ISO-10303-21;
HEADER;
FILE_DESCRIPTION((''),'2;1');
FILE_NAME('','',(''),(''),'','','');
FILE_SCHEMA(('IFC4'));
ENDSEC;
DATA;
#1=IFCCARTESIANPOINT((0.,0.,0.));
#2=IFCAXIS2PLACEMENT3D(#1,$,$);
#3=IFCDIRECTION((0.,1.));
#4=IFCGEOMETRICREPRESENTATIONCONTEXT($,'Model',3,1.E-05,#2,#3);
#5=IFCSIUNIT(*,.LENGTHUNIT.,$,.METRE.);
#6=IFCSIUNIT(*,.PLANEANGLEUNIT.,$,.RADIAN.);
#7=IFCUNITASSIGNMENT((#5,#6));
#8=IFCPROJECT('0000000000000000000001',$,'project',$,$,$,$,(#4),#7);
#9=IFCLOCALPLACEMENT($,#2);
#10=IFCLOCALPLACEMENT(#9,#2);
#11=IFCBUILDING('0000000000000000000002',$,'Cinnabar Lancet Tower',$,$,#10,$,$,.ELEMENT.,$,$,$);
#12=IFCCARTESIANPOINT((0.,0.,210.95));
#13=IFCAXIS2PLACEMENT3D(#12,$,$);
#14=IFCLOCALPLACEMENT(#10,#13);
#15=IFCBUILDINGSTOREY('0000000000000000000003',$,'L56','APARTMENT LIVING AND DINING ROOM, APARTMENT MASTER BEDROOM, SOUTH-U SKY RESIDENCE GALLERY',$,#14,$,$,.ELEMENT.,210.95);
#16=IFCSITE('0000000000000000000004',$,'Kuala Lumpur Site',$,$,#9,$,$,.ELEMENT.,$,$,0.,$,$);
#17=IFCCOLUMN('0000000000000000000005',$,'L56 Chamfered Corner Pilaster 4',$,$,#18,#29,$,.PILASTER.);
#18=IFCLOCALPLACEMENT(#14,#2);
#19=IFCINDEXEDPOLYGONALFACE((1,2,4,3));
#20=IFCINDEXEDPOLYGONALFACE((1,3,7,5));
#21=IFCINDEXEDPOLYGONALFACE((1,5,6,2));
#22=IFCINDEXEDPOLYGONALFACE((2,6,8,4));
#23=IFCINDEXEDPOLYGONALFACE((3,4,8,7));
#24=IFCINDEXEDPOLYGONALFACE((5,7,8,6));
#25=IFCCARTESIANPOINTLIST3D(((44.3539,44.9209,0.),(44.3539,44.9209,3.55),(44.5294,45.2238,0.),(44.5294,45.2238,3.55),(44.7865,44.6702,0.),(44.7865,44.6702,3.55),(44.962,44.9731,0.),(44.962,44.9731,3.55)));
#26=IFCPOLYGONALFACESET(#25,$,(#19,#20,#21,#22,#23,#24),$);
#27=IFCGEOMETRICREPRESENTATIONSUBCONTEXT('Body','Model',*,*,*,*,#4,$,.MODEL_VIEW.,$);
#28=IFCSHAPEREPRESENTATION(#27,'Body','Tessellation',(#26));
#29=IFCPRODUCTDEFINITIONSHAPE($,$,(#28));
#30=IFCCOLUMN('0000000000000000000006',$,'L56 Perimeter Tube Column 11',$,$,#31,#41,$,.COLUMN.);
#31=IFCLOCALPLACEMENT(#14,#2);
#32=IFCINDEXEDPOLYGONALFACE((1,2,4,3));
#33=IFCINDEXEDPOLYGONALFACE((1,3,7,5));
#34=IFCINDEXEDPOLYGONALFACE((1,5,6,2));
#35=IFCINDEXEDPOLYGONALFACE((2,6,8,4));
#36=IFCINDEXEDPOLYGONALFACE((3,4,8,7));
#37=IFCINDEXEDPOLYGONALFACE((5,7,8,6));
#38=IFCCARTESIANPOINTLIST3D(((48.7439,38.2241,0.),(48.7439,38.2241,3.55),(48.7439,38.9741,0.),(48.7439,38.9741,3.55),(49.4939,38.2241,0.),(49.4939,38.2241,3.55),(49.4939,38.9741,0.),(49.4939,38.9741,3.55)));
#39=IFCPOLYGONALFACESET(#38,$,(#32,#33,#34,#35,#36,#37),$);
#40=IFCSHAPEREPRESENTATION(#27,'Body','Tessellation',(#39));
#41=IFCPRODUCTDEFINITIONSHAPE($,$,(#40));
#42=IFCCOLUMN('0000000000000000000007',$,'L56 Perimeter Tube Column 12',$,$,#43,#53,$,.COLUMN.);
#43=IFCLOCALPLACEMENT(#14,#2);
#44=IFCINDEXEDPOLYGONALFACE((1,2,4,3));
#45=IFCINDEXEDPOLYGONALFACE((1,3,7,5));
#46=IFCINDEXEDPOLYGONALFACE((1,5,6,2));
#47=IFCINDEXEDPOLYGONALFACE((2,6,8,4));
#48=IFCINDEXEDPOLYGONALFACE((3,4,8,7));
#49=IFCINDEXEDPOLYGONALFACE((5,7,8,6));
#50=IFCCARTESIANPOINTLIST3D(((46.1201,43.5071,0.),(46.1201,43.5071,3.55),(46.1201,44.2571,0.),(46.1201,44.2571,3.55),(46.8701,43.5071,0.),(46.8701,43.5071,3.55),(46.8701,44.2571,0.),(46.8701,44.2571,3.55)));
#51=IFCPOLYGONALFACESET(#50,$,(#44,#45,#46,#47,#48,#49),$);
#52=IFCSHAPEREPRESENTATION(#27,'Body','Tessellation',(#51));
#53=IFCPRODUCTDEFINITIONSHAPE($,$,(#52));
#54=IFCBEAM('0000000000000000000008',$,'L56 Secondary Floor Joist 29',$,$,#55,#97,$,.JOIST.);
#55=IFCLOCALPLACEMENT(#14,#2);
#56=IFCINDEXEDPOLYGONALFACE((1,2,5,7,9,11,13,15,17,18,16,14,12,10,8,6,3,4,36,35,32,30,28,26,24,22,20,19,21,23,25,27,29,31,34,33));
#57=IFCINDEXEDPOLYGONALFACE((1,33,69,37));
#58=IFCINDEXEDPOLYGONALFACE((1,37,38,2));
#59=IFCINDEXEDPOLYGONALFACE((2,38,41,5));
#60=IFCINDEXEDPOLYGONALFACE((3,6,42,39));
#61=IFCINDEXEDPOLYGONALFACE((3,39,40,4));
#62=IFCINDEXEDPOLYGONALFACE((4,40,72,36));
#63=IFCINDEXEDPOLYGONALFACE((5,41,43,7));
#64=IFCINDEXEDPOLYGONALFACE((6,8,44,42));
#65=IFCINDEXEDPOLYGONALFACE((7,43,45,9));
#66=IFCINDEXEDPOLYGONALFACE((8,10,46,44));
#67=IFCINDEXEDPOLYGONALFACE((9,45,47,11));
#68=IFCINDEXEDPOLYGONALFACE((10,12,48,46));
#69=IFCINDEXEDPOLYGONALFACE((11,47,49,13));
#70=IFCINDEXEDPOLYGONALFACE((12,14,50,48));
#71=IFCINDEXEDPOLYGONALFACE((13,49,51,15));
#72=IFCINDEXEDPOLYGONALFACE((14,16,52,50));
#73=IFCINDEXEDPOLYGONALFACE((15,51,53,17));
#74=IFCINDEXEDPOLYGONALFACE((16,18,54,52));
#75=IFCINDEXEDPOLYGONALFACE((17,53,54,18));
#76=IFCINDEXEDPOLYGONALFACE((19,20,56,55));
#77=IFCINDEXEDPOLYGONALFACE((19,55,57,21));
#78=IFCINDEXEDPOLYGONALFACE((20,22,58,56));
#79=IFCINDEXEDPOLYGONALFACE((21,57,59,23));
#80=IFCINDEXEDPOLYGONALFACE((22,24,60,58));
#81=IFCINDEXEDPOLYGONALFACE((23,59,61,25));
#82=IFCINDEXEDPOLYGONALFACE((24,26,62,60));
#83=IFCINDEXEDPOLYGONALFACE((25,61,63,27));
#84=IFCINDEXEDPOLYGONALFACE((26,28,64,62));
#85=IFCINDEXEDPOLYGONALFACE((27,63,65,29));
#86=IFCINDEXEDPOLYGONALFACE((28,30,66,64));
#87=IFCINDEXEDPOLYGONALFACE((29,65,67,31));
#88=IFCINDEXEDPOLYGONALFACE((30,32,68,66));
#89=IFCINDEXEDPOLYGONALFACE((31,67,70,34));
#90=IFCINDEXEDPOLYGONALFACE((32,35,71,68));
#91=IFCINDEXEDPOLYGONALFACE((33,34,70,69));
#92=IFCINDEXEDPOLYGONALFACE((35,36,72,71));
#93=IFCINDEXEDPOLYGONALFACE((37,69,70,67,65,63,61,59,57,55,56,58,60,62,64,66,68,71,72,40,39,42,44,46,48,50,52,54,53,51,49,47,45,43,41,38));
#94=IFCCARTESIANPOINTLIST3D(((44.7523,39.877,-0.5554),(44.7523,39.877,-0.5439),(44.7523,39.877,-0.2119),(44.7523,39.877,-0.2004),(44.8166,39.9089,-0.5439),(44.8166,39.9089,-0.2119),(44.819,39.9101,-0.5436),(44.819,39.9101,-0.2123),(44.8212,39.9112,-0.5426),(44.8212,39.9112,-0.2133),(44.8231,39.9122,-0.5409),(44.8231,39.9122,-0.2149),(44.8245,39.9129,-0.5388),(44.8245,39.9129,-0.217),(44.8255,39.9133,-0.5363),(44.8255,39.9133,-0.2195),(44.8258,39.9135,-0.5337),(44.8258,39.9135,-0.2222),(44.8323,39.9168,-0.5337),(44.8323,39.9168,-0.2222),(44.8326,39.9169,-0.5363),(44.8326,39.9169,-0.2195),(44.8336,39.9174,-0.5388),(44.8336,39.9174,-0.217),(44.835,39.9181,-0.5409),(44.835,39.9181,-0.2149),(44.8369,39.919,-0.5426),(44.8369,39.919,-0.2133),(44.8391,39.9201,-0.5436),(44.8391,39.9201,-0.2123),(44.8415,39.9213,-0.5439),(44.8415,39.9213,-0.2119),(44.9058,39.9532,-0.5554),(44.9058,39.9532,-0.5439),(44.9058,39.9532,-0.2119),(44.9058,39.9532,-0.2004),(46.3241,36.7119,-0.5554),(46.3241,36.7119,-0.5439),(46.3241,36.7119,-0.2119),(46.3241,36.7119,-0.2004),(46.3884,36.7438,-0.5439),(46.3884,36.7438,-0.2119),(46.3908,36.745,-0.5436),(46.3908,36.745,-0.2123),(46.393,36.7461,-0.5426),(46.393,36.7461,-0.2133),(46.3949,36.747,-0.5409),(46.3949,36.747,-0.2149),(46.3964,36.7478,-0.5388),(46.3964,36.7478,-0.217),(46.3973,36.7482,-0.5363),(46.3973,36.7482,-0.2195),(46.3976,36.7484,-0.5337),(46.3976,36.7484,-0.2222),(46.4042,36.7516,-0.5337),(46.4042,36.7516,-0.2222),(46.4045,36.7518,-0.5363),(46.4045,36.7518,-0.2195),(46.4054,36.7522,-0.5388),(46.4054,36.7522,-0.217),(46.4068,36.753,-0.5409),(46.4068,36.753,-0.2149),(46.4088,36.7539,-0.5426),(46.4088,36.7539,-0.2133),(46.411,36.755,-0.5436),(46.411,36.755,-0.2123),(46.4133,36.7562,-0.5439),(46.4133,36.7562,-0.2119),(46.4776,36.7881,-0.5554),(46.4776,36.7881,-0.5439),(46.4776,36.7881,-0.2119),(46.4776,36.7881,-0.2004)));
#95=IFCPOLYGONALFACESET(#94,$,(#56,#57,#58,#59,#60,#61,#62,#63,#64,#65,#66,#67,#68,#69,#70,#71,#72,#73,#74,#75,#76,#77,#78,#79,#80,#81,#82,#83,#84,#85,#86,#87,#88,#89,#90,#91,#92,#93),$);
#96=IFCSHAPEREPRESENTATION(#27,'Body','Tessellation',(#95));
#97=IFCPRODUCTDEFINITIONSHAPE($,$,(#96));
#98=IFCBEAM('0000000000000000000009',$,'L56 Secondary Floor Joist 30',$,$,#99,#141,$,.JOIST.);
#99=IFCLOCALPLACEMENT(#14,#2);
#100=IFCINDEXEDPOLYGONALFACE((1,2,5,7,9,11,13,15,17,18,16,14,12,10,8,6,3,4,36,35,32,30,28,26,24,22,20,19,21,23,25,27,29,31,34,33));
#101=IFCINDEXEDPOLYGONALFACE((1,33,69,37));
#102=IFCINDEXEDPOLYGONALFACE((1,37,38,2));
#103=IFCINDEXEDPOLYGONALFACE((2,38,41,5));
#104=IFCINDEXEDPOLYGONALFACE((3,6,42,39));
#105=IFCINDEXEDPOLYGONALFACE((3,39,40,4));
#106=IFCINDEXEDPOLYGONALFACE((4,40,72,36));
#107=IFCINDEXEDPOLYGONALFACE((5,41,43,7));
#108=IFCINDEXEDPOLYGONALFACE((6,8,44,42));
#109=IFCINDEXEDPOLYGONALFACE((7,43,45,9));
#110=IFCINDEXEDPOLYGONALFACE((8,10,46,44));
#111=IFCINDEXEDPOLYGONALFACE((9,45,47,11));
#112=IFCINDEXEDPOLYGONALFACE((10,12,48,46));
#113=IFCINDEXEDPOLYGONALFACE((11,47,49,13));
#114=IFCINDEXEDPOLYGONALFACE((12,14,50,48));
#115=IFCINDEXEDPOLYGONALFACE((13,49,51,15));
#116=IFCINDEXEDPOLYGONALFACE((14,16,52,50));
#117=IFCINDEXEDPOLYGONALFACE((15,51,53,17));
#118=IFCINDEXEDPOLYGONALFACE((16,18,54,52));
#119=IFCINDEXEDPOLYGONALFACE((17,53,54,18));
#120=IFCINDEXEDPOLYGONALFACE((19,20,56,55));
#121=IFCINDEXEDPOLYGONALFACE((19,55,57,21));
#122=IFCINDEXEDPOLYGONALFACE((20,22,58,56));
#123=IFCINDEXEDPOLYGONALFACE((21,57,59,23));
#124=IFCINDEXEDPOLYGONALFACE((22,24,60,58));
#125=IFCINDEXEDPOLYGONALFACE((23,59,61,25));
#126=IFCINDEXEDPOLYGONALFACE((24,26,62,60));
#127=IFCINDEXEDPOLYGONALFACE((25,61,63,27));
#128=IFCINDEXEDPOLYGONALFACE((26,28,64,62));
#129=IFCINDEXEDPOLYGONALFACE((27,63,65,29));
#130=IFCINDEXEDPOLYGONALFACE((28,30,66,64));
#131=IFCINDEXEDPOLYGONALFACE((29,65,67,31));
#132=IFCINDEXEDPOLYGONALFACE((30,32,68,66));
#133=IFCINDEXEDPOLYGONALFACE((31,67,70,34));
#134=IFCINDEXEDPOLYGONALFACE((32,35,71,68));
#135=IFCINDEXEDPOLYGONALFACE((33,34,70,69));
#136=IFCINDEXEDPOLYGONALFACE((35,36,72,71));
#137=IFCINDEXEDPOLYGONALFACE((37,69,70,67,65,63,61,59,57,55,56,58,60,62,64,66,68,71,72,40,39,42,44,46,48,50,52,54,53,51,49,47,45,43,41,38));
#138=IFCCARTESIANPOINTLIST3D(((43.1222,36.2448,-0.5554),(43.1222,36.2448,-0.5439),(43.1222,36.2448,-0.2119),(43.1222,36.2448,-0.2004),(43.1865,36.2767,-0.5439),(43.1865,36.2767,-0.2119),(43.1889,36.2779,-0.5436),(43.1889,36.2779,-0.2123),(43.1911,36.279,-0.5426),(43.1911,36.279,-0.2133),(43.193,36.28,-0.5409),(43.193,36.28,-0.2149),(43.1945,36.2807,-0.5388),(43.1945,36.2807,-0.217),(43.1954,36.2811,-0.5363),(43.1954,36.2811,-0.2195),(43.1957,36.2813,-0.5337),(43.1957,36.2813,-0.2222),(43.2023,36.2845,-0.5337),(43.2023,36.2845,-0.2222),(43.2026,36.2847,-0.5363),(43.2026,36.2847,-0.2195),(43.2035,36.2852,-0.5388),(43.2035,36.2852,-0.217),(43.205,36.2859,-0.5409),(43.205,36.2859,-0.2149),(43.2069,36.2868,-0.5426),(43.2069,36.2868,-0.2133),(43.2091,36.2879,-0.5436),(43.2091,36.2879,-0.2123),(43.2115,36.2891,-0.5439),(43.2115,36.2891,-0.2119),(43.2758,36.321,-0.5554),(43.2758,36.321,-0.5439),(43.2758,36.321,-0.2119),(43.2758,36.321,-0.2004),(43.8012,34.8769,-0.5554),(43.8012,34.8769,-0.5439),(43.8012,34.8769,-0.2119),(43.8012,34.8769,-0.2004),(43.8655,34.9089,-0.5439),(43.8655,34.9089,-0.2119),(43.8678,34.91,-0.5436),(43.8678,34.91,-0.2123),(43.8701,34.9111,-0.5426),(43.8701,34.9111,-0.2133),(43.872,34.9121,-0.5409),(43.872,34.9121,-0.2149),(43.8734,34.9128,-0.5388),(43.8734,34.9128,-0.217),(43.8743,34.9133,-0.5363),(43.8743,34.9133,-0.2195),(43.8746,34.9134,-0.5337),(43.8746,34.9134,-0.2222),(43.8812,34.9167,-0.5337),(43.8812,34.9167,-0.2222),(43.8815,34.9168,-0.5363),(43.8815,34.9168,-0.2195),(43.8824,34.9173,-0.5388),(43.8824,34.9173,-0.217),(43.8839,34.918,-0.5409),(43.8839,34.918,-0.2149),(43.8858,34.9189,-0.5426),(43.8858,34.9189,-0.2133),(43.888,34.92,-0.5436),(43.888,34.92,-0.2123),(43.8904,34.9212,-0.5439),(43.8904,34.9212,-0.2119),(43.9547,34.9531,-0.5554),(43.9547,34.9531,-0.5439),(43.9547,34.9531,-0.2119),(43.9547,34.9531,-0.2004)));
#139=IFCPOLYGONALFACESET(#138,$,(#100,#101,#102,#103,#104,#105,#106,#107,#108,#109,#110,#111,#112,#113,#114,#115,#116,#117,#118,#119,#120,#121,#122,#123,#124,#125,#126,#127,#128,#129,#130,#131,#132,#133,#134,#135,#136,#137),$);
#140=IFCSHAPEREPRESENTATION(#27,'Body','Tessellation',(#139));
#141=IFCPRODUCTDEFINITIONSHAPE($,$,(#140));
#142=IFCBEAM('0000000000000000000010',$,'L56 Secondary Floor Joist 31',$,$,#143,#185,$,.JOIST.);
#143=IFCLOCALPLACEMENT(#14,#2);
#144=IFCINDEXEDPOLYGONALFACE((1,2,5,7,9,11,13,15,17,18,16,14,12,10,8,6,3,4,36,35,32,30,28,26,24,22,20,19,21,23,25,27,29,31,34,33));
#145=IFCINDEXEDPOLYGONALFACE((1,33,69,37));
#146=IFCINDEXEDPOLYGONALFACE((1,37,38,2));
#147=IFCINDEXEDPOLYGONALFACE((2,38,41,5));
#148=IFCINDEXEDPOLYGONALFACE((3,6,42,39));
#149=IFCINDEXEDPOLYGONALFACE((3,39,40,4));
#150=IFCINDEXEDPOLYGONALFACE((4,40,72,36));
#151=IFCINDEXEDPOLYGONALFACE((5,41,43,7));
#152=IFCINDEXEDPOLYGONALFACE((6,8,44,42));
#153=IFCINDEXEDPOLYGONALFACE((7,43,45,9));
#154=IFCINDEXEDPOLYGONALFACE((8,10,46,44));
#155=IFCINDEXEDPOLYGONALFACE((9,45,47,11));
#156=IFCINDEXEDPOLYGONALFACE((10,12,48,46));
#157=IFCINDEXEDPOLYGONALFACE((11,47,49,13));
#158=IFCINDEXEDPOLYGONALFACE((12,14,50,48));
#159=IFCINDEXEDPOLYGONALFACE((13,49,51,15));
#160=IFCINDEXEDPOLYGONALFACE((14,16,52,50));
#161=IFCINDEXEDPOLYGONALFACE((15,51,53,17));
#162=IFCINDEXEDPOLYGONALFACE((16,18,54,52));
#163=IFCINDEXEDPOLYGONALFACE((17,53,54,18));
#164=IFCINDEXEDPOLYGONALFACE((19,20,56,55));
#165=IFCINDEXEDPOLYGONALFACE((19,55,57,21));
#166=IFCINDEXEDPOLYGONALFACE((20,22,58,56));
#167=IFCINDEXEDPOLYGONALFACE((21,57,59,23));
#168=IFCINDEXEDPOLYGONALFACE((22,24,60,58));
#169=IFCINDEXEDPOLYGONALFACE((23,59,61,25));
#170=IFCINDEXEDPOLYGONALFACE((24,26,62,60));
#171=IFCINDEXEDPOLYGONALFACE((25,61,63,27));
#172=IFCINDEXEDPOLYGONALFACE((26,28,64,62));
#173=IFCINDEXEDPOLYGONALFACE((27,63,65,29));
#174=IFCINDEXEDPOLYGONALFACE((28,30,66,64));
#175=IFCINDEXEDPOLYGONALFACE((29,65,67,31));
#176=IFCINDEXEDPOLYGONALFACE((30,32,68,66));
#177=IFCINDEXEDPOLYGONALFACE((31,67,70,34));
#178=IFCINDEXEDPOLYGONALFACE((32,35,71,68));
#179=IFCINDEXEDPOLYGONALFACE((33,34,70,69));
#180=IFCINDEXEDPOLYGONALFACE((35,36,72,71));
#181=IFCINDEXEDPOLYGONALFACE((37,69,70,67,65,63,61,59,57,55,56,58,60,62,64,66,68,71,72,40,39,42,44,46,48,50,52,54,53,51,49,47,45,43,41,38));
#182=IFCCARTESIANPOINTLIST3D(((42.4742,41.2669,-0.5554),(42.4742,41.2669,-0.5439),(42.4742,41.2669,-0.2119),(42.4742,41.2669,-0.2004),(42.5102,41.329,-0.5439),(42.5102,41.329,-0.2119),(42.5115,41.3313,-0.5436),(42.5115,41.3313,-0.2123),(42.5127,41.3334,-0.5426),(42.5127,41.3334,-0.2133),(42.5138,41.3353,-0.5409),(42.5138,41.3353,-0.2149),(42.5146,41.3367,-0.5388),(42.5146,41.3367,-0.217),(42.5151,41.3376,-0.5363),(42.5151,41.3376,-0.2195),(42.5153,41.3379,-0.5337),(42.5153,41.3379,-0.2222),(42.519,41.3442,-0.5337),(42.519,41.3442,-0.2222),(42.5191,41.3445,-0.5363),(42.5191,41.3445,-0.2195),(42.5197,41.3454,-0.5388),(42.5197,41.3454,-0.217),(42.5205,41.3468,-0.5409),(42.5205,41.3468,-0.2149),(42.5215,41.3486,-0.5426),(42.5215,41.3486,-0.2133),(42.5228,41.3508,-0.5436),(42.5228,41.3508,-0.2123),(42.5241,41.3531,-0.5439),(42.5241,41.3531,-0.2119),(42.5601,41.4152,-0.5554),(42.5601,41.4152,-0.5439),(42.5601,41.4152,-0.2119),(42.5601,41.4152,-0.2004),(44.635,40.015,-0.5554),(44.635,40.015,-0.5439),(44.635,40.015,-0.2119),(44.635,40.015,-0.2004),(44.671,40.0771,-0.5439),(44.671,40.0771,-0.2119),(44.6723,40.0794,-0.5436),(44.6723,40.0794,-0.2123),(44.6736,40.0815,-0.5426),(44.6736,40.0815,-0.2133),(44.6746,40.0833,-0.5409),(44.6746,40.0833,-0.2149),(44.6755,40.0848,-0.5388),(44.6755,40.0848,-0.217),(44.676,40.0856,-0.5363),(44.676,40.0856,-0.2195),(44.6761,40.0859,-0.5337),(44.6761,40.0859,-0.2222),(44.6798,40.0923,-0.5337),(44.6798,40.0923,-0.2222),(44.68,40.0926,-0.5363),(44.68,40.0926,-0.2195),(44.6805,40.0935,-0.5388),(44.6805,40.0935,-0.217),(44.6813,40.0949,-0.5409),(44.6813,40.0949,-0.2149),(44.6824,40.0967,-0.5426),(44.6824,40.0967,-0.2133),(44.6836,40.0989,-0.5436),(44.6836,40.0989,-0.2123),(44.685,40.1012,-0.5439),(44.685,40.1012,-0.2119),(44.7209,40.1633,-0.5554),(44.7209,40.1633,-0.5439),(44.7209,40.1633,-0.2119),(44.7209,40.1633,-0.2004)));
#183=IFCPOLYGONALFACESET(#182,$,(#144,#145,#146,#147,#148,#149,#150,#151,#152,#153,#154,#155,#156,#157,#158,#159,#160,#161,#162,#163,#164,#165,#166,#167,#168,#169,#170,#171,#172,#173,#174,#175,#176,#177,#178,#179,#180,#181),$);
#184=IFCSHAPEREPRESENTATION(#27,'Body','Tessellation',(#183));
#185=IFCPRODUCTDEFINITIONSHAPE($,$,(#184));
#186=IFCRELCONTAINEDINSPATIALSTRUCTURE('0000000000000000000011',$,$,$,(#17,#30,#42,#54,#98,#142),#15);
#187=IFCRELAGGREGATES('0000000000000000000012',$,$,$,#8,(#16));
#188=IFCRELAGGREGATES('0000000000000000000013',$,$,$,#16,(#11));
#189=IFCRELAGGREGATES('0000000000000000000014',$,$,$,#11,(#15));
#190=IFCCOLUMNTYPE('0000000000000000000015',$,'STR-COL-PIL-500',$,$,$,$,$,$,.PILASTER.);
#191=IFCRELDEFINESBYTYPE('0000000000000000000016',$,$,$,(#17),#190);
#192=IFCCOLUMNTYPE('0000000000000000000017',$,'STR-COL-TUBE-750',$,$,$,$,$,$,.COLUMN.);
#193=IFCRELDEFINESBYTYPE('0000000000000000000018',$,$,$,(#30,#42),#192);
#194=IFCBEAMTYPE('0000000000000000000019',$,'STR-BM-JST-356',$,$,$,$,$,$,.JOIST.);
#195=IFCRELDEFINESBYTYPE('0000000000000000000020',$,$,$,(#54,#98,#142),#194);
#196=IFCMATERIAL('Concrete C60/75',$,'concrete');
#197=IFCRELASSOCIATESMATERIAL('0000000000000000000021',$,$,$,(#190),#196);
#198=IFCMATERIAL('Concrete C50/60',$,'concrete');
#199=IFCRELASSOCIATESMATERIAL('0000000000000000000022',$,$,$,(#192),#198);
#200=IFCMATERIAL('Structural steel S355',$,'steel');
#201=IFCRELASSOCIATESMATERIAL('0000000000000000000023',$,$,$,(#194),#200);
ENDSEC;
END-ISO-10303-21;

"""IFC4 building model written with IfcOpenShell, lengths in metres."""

from ifc_helpers import new_model, si_unit, direction, frame, origin, origin_2d, place, context, subcontext, project, spatial, rectangle, i_section, extrude, material, material_profile, profile_set, type_object, element, save


model = new_model("IFC4")

# Units and contexts
model_context = context("Model", 3, precision=1e-05, world=origin(), true_north=direction((0.0, 1.0)))
body_context = subcontext(model_context, "Body", "Model", "MODEL_VIEW")
ifc_project = project(units=[si_unit("LENGTHUNIT", "METRE"), si_unit("PLANEANGLEUNIT", "RADIAN")], contexts=[model_context])

# Site, building, storey
site_placement = place(None, origin())
site = spatial("IfcSite", under=ifc_project, at=site_placement, Name="Kuala Lumpur Site", CompositionType="ELEMENT", RefElevation=0.0)
building_placement = place(site_placement, origin())
building = spatial("IfcBuilding", under=site, at=building_placement, Name="Cinnabar Lancet Tower", CompositionType="ELEMENT")
storey_placement = place(building_placement, frame((0.0, 0.0, 210.95)))
storey = spatial("IfcBuildingStorey", under=building, at=storey_placement, Name="L56", Description="APARTMENT LIVING AND DINING ROOM, APARTMENT MASTER BEDROOM, SOUTH-U SKY RESIDENCE GALLERY", CompositionType="ELEMENT", Elevation=210.95)

# Columns
ifc_material_1 = material(Name="Concrete C60/75", Category="concrete")
ifc_material_profile_1 = material_profile(ifc_material_1, rectangle(XDim=0.5, YDim=0.3501, at=origin_2d()), Name="RC-PIL 500x350")
ifc_profile_set_1 = profile_set([ifc_material_profile_1], Name="Concrete C60/75")
column_type_1 = type_object("IfcColumnType", Name="STR-COL-PIL-500", PredefinedType="PILASTER", material=ifc_profile_set_1)
column_placement = place(storey_placement, frame((44.658, 44.947, 0.0), z_axis=(0.0, 0.0, 1.0), x_axis=(-0.86523, 0.501375, 0.0)))
element("IfcColumn", 1, at=column_placement, inside=storey, type_object=column_type_1, Name="L56 Chamfered Corner Pilaster 4", PredefinedType="PILASTER", context=body_context, shape_type="SweptSolid", body=[
    extrude(rectangle(XDim=0.5, YDim=0.3501, at=origin_2d()), origin(), (0.0, 0.0, 1.0), 3.55),
])
ifc_material_2 = material(Name="Concrete C50/60", Category="concrete")
ifc_material_profile_2 = material_profile(ifc_material_2, rectangle(XDim=0.75, YDim=0.75, at=origin_2d()), Name="RC-COL 750x750")
ifc_profile_set_2 = profile_set([ifc_material_profile_2], Name="Concrete C50/60")
column_type_2 = type_object("IfcColumnType", Name="STR-COL-TUBE-750", PredefinedType="COLUMN", material=ifc_profile_set_2)
for number, where, z_axis, x_axis, name in (
    (2, (49.1189, 38.5991, 0.0), (0.0, 0.0, 1.0), (1.0, 0.0, 0.0), "L56 Perimeter Tube Column 11"),
    (3, (46.4951, 43.8821, 0.0), (0.0, 0.0, 1.0), (1.0, 0.0, 0.0), "L56 Perimeter Tube Column 12"),
):
    element("IfcColumn", number, at=place(storey_placement, frame(where, z_axis=z_axis, x_axis=x_axis)), inside=storey, type_object=column_type_2, Name=name, PredefinedType="COLUMN", context=body_context, shape_type="SweptSolid", body=[
        extrude(rectangle(XDim=0.75, YDim=0.75, at=origin_2d()), origin(), (0.0, 0.0, 1.0), 3.55),
    ])

# Beams
ifc_material_3 = material(Name="Structural steel S355", Category="steel")
ifc_material_profile_3 = material_profile(ifc_material_3, i_section(OverallWidth=0.1714, OverallDepth=0.355, WebThickness=0.0073, FlangeThickness=0.0115, FilletRadius=0.0103, at=origin_2d()), Name="UKB 356x171x51")
ifc_profile_set_3 = profile_set([ifc_material_profile_3], Name="Structural steel S355")
beam_type_1 = type_object("IfcBeamType", Name="STR-BM-JST-356", PredefinedType="JOIST", material=ifc_profile_set_3)
beam_1_placement = place(storey_placement, frame((46.4009, 36.75, -0.3779), z_axis=(-0.44478, 0.89564, 0.0), x_axis=(-0.89564, -0.44478, 0.0)))
element("IfcBeam", 4, at=beam_1_placement, inside=storey, type_object=beam_type_1, Name="L56 Secondary Floor Joist 29", PredefinedType="JOIST", context=body_context, shape_type="SweptSolid", body=[
    extrude(i_section(OverallWidth=0.1714, OverallDepth=0.355, WebThickness=0.0073, FlangeThickness=0.0115, FilletRadius=0.0103, at=origin_2d()), origin(), (0.0, 0.0, 1.0), 3.5339),
])
beam_2_placement = place(storey_placement, frame((43.8779, 34.915, -0.3779), z_axis=(-0.44459, 0.895734, 0.0), x_axis=(-0.895734, -0.44459, 0.0)))
element("IfcBeam", 5, at=beam_2_placement, inside=storey, type_object=beam_type_1, Name="L56 Secondary Floor Joist 30", PredefinedType="JOIST", context=body_context, shape_type="SweptSolid", body=[
    extrude(i_section(OverallWidth=0.1714, OverallDepth=0.355, WebThickness=0.0073, FlangeThickness=0.0115, FilletRadius=0.0103, at=origin_2d()), origin(), (0.0, 0.0, 1.0), 1.5271),
])
beam_3_placement = place(storey_placement, frame((44.678, 40.0891, -0.3779), z_axis=(-0.865268, 0.50131, 0.0), x_axis=(-0.50131, -0.865268, 0.0)))
element("IfcBeam", 6, at=beam_3_placement, inside=storey, type_object=beam_type_1, Name="L56 Secondary Floor Joist 31", PredefinedType="JOIST", context=body_context, shape_type="SweptSolid", body=[
    extrude(i_section(OverallWidth=0.1714, OverallDepth=0.355, WebThickness=0.0073, FlangeThickness=0.0115, FilletRadius=0.0103, at=origin_2d()), origin(), (0.0, 0.0, 1.0), 2.4973),
])

save(model, "model.ifc")
